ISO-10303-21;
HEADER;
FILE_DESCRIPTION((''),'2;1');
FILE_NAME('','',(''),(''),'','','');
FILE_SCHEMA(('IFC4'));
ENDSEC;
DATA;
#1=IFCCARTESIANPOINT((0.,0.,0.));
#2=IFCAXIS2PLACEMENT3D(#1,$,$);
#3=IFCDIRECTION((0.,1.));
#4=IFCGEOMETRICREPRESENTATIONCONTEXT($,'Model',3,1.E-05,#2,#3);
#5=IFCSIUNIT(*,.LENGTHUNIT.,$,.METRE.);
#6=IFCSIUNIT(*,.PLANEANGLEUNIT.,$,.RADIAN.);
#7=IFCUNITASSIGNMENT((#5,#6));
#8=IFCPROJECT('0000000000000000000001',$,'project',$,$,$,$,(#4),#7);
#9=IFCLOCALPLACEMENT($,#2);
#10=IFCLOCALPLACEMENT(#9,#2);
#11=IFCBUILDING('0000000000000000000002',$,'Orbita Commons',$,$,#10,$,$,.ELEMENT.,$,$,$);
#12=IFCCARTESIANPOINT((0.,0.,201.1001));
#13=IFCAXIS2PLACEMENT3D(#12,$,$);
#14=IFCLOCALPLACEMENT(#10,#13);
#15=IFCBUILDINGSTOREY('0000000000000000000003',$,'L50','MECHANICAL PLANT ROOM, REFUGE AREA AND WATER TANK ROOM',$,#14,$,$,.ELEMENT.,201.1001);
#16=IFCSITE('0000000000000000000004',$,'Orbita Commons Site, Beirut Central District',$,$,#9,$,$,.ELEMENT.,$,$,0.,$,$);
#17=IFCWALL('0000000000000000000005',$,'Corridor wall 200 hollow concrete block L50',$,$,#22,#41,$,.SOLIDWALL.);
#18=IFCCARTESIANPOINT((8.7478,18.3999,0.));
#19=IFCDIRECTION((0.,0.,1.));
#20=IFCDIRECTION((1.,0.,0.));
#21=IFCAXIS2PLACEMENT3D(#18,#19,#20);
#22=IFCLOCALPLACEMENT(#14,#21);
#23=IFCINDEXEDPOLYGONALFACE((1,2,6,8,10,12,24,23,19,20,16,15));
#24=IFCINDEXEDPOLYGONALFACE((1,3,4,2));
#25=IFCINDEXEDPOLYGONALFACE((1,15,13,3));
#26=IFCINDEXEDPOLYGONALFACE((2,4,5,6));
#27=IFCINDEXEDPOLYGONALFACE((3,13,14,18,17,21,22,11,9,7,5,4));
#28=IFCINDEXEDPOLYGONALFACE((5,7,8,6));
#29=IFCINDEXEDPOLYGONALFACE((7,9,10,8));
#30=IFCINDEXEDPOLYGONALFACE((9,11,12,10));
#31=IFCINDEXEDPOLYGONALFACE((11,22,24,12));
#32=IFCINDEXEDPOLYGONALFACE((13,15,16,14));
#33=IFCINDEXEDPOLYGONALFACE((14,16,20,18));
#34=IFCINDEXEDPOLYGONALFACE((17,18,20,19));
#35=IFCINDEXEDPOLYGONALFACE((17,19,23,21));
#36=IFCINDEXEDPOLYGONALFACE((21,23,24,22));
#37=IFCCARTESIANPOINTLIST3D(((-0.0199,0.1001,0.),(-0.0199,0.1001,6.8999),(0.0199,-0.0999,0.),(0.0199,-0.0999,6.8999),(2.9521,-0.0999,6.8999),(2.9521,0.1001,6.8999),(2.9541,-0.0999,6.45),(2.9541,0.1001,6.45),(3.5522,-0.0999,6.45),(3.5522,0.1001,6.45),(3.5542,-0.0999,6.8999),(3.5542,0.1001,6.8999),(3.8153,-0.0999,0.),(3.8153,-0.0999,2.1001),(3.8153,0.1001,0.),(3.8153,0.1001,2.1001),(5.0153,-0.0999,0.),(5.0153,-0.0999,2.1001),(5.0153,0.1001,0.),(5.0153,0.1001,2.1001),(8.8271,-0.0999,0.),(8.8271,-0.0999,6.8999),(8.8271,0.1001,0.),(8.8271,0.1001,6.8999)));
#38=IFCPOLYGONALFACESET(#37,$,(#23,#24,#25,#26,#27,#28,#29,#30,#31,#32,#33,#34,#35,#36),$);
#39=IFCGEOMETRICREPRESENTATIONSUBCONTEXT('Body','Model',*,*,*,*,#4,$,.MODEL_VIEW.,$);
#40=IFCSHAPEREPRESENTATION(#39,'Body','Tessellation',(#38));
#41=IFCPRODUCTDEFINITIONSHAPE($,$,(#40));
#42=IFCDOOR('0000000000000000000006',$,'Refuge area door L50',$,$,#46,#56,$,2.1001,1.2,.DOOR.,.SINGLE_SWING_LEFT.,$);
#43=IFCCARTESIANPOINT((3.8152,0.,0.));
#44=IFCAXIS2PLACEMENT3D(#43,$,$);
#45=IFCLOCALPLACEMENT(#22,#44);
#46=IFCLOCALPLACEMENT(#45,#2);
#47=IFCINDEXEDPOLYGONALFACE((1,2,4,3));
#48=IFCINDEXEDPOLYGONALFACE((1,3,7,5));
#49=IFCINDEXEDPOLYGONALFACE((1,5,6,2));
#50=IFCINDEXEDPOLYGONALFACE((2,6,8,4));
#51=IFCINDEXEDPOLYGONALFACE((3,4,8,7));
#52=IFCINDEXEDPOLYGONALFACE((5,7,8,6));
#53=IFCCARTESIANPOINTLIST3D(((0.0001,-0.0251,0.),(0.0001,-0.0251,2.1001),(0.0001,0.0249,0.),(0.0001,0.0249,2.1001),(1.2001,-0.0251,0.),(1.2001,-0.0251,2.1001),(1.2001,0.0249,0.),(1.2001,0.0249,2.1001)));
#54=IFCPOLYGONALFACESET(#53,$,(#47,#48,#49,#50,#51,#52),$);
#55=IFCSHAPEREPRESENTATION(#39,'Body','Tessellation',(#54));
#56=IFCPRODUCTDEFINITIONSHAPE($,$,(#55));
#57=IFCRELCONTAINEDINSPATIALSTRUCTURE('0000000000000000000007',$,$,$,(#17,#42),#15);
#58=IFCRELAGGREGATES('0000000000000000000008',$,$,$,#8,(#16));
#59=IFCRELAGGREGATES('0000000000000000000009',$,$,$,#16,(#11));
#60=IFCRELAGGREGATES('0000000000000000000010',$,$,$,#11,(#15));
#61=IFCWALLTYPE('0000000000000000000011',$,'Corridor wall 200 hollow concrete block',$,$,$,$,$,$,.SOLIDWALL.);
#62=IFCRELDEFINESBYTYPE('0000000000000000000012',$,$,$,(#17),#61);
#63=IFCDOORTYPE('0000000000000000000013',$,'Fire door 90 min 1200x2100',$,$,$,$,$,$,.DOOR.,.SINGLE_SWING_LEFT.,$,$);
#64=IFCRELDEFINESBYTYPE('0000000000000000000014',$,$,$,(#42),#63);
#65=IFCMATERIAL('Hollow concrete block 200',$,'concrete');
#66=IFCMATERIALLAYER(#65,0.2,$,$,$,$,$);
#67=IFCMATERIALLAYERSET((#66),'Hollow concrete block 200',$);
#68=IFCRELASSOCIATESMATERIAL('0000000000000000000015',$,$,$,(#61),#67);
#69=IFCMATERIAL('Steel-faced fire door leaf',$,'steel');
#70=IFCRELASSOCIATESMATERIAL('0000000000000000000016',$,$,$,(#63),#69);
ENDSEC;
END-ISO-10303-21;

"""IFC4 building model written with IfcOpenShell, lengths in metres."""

from ifc_helpers import new_model, si_unit, direction, frame, frame_2d, origin, place, context, subcontext, project, spatial, polyline, rectangle, outline, extrude, clip, halfspace, material, layer, layer_set, type_object, element, fill, save


model = new_model("IFC4")

# Units and contexts
model_context = context("Model", 3, precision=1e-05, world=origin(), true_north=direction((0.0, 1.0)))
body_context = subcontext(model_context, "Body", "Model", "MODEL_VIEW")
ifc_project = project(units=[si_unit("LENGTHUNIT", "METRE"), si_unit("PLANEANGLEUNIT", "RADIAN")], contexts=[model_context])

# Site, building, storey
site_placement = place(None, origin())
site = spatial("IfcSite", under=ifc_project, at=site_placement, Name="Orbita Commons Site, Beirut Central District", CompositionType="ELEMENT", RefElevation=0.0)
building_placement = place(site_placement, origin())
building = spatial("IfcBuilding", under=site, at=building_placement, Name="Orbita Commons", CompositionType="ELEMENT")
storey_placement = place(building_placement, frame((0.0, 0.0, 201.1001)))
storey = spatial("IfcBuildingStorey", under=building, at=storey_placement, Name="L50", Description="MECHANICAL PLANT ROOM, REFUGE AREA AND WATER TANK ROOM", CompositionType="ELEMENT", Elevation=201.1001)

# Wall, opening, door
ifc_material_1 = material(Name="Hollow concrete block 200", Category="concrete")
ifc_layer_1 = layer(ifc_material_1, 0.2)
ifc_layer_set_1 = layer_set([ifc_layer_1], Name="Hollow concrete block 200")
wall_type_1 = type_object("IfcWallType", Name="Corridor wall 200 hollow concrete block", PredefinedType="SOLIDWALL", material=ifc_layer_set_1)
wall_1_placement = place(storey_placement, frame((8.7478, 18.3999, 0.0), z_axis=(0.0, 0.0, 1.0), x_axis=(1.0, 0.0, 0.0)))
wall_1 = element("IfcWall", 1, at=wall_1_placement, inside=storey, type_object=wall_type_1, Name="Corridor wall 200 hollow concrete block L50", PredefinedType="SOLIDWALL", context=body_context, shape_type="Clipping", body=[
    clip(clip(extrude(outline(polyline([(-0.0298, 0.0), (8.8569, 0.0), (8.8569, 6.8999), (3.5542, 6.8999), (3.5522, 6.45), (2.9541, 6.45), (2.9521, 6.8999), (-0.0298, 6.8999), (-0.0298, 0.0)])), frame((0.0, 0.1001, 0.0), z_axis=(0.0, -1.0, 0.0), x_axis=(1.0, 0.0, 0.0)), (0.0, 0.0, 1.0), 0.2), halfspace(frame((0.0, 0.0, 0.0), z_axis=(-0.980788, -0.195079, 0.0)), False)), halfspace(frame((8.8271, 0.0, 0.0), z_axis=(1.0, 0.0, 0.0)), False)),
])
opening_1_placement = place(wall_1_placement, frame((3.8152, 0.0, 0.0)))
opening_1 = element("IfcOpeningElement", 2, at=opening_1_placement, cuts=wall_1, PredefinedType="OPENING", context=body_context, shape_type="SweptSolid", body=[
    extrude(rectangle(XDim=1.2, YDim=2.1001, at=frame_2d((0.6001, 1.05))), frame((0.0, 0.1099, 0.0), z_axis=(0.0, -1.0, 0.0), x_axis=(1.0, 0.0, 0.0)), (0.0, 0.0, 1.0), 0.22),
])
ifc_material_2 = material(Name="Steel-faced fire door leaf", Category="steel")
door_type = type_object("IfcDoorType", Name="Fire door 90 min 1200x2100", OperationType="SINGLE_SWING_LEFT", PredefinedType="DOOR", material=ifc_material_2)
door_1_placement = place(opening_1_placement, origin())
door_1 = element("IfcDoor", 3, at=door_1_placement, inside=storey, type_object=door_type, Name="Refuge area door L50", OperationType="SINGLE_SWING_LEFT", OverallHeight=2.1001, OverallWidth=1.2, PredefinedType="DOOR", context=body_context, shape_type="SweptSolid", body=[
    extrude(rectangle(XDim=1.2, YDim=2.1001, at=frame_2d((0.6001, 1.05))), frame((0.0, 0.0249, 0.0), z_axis=(0.0, -1.0, 0.0), x_axis=(1.0, 0.0, 0.0)), (0.0, 0.0, 1.0), 0.05),
])
fill(opening_1, door_1)

save(model, "model.ifc")
